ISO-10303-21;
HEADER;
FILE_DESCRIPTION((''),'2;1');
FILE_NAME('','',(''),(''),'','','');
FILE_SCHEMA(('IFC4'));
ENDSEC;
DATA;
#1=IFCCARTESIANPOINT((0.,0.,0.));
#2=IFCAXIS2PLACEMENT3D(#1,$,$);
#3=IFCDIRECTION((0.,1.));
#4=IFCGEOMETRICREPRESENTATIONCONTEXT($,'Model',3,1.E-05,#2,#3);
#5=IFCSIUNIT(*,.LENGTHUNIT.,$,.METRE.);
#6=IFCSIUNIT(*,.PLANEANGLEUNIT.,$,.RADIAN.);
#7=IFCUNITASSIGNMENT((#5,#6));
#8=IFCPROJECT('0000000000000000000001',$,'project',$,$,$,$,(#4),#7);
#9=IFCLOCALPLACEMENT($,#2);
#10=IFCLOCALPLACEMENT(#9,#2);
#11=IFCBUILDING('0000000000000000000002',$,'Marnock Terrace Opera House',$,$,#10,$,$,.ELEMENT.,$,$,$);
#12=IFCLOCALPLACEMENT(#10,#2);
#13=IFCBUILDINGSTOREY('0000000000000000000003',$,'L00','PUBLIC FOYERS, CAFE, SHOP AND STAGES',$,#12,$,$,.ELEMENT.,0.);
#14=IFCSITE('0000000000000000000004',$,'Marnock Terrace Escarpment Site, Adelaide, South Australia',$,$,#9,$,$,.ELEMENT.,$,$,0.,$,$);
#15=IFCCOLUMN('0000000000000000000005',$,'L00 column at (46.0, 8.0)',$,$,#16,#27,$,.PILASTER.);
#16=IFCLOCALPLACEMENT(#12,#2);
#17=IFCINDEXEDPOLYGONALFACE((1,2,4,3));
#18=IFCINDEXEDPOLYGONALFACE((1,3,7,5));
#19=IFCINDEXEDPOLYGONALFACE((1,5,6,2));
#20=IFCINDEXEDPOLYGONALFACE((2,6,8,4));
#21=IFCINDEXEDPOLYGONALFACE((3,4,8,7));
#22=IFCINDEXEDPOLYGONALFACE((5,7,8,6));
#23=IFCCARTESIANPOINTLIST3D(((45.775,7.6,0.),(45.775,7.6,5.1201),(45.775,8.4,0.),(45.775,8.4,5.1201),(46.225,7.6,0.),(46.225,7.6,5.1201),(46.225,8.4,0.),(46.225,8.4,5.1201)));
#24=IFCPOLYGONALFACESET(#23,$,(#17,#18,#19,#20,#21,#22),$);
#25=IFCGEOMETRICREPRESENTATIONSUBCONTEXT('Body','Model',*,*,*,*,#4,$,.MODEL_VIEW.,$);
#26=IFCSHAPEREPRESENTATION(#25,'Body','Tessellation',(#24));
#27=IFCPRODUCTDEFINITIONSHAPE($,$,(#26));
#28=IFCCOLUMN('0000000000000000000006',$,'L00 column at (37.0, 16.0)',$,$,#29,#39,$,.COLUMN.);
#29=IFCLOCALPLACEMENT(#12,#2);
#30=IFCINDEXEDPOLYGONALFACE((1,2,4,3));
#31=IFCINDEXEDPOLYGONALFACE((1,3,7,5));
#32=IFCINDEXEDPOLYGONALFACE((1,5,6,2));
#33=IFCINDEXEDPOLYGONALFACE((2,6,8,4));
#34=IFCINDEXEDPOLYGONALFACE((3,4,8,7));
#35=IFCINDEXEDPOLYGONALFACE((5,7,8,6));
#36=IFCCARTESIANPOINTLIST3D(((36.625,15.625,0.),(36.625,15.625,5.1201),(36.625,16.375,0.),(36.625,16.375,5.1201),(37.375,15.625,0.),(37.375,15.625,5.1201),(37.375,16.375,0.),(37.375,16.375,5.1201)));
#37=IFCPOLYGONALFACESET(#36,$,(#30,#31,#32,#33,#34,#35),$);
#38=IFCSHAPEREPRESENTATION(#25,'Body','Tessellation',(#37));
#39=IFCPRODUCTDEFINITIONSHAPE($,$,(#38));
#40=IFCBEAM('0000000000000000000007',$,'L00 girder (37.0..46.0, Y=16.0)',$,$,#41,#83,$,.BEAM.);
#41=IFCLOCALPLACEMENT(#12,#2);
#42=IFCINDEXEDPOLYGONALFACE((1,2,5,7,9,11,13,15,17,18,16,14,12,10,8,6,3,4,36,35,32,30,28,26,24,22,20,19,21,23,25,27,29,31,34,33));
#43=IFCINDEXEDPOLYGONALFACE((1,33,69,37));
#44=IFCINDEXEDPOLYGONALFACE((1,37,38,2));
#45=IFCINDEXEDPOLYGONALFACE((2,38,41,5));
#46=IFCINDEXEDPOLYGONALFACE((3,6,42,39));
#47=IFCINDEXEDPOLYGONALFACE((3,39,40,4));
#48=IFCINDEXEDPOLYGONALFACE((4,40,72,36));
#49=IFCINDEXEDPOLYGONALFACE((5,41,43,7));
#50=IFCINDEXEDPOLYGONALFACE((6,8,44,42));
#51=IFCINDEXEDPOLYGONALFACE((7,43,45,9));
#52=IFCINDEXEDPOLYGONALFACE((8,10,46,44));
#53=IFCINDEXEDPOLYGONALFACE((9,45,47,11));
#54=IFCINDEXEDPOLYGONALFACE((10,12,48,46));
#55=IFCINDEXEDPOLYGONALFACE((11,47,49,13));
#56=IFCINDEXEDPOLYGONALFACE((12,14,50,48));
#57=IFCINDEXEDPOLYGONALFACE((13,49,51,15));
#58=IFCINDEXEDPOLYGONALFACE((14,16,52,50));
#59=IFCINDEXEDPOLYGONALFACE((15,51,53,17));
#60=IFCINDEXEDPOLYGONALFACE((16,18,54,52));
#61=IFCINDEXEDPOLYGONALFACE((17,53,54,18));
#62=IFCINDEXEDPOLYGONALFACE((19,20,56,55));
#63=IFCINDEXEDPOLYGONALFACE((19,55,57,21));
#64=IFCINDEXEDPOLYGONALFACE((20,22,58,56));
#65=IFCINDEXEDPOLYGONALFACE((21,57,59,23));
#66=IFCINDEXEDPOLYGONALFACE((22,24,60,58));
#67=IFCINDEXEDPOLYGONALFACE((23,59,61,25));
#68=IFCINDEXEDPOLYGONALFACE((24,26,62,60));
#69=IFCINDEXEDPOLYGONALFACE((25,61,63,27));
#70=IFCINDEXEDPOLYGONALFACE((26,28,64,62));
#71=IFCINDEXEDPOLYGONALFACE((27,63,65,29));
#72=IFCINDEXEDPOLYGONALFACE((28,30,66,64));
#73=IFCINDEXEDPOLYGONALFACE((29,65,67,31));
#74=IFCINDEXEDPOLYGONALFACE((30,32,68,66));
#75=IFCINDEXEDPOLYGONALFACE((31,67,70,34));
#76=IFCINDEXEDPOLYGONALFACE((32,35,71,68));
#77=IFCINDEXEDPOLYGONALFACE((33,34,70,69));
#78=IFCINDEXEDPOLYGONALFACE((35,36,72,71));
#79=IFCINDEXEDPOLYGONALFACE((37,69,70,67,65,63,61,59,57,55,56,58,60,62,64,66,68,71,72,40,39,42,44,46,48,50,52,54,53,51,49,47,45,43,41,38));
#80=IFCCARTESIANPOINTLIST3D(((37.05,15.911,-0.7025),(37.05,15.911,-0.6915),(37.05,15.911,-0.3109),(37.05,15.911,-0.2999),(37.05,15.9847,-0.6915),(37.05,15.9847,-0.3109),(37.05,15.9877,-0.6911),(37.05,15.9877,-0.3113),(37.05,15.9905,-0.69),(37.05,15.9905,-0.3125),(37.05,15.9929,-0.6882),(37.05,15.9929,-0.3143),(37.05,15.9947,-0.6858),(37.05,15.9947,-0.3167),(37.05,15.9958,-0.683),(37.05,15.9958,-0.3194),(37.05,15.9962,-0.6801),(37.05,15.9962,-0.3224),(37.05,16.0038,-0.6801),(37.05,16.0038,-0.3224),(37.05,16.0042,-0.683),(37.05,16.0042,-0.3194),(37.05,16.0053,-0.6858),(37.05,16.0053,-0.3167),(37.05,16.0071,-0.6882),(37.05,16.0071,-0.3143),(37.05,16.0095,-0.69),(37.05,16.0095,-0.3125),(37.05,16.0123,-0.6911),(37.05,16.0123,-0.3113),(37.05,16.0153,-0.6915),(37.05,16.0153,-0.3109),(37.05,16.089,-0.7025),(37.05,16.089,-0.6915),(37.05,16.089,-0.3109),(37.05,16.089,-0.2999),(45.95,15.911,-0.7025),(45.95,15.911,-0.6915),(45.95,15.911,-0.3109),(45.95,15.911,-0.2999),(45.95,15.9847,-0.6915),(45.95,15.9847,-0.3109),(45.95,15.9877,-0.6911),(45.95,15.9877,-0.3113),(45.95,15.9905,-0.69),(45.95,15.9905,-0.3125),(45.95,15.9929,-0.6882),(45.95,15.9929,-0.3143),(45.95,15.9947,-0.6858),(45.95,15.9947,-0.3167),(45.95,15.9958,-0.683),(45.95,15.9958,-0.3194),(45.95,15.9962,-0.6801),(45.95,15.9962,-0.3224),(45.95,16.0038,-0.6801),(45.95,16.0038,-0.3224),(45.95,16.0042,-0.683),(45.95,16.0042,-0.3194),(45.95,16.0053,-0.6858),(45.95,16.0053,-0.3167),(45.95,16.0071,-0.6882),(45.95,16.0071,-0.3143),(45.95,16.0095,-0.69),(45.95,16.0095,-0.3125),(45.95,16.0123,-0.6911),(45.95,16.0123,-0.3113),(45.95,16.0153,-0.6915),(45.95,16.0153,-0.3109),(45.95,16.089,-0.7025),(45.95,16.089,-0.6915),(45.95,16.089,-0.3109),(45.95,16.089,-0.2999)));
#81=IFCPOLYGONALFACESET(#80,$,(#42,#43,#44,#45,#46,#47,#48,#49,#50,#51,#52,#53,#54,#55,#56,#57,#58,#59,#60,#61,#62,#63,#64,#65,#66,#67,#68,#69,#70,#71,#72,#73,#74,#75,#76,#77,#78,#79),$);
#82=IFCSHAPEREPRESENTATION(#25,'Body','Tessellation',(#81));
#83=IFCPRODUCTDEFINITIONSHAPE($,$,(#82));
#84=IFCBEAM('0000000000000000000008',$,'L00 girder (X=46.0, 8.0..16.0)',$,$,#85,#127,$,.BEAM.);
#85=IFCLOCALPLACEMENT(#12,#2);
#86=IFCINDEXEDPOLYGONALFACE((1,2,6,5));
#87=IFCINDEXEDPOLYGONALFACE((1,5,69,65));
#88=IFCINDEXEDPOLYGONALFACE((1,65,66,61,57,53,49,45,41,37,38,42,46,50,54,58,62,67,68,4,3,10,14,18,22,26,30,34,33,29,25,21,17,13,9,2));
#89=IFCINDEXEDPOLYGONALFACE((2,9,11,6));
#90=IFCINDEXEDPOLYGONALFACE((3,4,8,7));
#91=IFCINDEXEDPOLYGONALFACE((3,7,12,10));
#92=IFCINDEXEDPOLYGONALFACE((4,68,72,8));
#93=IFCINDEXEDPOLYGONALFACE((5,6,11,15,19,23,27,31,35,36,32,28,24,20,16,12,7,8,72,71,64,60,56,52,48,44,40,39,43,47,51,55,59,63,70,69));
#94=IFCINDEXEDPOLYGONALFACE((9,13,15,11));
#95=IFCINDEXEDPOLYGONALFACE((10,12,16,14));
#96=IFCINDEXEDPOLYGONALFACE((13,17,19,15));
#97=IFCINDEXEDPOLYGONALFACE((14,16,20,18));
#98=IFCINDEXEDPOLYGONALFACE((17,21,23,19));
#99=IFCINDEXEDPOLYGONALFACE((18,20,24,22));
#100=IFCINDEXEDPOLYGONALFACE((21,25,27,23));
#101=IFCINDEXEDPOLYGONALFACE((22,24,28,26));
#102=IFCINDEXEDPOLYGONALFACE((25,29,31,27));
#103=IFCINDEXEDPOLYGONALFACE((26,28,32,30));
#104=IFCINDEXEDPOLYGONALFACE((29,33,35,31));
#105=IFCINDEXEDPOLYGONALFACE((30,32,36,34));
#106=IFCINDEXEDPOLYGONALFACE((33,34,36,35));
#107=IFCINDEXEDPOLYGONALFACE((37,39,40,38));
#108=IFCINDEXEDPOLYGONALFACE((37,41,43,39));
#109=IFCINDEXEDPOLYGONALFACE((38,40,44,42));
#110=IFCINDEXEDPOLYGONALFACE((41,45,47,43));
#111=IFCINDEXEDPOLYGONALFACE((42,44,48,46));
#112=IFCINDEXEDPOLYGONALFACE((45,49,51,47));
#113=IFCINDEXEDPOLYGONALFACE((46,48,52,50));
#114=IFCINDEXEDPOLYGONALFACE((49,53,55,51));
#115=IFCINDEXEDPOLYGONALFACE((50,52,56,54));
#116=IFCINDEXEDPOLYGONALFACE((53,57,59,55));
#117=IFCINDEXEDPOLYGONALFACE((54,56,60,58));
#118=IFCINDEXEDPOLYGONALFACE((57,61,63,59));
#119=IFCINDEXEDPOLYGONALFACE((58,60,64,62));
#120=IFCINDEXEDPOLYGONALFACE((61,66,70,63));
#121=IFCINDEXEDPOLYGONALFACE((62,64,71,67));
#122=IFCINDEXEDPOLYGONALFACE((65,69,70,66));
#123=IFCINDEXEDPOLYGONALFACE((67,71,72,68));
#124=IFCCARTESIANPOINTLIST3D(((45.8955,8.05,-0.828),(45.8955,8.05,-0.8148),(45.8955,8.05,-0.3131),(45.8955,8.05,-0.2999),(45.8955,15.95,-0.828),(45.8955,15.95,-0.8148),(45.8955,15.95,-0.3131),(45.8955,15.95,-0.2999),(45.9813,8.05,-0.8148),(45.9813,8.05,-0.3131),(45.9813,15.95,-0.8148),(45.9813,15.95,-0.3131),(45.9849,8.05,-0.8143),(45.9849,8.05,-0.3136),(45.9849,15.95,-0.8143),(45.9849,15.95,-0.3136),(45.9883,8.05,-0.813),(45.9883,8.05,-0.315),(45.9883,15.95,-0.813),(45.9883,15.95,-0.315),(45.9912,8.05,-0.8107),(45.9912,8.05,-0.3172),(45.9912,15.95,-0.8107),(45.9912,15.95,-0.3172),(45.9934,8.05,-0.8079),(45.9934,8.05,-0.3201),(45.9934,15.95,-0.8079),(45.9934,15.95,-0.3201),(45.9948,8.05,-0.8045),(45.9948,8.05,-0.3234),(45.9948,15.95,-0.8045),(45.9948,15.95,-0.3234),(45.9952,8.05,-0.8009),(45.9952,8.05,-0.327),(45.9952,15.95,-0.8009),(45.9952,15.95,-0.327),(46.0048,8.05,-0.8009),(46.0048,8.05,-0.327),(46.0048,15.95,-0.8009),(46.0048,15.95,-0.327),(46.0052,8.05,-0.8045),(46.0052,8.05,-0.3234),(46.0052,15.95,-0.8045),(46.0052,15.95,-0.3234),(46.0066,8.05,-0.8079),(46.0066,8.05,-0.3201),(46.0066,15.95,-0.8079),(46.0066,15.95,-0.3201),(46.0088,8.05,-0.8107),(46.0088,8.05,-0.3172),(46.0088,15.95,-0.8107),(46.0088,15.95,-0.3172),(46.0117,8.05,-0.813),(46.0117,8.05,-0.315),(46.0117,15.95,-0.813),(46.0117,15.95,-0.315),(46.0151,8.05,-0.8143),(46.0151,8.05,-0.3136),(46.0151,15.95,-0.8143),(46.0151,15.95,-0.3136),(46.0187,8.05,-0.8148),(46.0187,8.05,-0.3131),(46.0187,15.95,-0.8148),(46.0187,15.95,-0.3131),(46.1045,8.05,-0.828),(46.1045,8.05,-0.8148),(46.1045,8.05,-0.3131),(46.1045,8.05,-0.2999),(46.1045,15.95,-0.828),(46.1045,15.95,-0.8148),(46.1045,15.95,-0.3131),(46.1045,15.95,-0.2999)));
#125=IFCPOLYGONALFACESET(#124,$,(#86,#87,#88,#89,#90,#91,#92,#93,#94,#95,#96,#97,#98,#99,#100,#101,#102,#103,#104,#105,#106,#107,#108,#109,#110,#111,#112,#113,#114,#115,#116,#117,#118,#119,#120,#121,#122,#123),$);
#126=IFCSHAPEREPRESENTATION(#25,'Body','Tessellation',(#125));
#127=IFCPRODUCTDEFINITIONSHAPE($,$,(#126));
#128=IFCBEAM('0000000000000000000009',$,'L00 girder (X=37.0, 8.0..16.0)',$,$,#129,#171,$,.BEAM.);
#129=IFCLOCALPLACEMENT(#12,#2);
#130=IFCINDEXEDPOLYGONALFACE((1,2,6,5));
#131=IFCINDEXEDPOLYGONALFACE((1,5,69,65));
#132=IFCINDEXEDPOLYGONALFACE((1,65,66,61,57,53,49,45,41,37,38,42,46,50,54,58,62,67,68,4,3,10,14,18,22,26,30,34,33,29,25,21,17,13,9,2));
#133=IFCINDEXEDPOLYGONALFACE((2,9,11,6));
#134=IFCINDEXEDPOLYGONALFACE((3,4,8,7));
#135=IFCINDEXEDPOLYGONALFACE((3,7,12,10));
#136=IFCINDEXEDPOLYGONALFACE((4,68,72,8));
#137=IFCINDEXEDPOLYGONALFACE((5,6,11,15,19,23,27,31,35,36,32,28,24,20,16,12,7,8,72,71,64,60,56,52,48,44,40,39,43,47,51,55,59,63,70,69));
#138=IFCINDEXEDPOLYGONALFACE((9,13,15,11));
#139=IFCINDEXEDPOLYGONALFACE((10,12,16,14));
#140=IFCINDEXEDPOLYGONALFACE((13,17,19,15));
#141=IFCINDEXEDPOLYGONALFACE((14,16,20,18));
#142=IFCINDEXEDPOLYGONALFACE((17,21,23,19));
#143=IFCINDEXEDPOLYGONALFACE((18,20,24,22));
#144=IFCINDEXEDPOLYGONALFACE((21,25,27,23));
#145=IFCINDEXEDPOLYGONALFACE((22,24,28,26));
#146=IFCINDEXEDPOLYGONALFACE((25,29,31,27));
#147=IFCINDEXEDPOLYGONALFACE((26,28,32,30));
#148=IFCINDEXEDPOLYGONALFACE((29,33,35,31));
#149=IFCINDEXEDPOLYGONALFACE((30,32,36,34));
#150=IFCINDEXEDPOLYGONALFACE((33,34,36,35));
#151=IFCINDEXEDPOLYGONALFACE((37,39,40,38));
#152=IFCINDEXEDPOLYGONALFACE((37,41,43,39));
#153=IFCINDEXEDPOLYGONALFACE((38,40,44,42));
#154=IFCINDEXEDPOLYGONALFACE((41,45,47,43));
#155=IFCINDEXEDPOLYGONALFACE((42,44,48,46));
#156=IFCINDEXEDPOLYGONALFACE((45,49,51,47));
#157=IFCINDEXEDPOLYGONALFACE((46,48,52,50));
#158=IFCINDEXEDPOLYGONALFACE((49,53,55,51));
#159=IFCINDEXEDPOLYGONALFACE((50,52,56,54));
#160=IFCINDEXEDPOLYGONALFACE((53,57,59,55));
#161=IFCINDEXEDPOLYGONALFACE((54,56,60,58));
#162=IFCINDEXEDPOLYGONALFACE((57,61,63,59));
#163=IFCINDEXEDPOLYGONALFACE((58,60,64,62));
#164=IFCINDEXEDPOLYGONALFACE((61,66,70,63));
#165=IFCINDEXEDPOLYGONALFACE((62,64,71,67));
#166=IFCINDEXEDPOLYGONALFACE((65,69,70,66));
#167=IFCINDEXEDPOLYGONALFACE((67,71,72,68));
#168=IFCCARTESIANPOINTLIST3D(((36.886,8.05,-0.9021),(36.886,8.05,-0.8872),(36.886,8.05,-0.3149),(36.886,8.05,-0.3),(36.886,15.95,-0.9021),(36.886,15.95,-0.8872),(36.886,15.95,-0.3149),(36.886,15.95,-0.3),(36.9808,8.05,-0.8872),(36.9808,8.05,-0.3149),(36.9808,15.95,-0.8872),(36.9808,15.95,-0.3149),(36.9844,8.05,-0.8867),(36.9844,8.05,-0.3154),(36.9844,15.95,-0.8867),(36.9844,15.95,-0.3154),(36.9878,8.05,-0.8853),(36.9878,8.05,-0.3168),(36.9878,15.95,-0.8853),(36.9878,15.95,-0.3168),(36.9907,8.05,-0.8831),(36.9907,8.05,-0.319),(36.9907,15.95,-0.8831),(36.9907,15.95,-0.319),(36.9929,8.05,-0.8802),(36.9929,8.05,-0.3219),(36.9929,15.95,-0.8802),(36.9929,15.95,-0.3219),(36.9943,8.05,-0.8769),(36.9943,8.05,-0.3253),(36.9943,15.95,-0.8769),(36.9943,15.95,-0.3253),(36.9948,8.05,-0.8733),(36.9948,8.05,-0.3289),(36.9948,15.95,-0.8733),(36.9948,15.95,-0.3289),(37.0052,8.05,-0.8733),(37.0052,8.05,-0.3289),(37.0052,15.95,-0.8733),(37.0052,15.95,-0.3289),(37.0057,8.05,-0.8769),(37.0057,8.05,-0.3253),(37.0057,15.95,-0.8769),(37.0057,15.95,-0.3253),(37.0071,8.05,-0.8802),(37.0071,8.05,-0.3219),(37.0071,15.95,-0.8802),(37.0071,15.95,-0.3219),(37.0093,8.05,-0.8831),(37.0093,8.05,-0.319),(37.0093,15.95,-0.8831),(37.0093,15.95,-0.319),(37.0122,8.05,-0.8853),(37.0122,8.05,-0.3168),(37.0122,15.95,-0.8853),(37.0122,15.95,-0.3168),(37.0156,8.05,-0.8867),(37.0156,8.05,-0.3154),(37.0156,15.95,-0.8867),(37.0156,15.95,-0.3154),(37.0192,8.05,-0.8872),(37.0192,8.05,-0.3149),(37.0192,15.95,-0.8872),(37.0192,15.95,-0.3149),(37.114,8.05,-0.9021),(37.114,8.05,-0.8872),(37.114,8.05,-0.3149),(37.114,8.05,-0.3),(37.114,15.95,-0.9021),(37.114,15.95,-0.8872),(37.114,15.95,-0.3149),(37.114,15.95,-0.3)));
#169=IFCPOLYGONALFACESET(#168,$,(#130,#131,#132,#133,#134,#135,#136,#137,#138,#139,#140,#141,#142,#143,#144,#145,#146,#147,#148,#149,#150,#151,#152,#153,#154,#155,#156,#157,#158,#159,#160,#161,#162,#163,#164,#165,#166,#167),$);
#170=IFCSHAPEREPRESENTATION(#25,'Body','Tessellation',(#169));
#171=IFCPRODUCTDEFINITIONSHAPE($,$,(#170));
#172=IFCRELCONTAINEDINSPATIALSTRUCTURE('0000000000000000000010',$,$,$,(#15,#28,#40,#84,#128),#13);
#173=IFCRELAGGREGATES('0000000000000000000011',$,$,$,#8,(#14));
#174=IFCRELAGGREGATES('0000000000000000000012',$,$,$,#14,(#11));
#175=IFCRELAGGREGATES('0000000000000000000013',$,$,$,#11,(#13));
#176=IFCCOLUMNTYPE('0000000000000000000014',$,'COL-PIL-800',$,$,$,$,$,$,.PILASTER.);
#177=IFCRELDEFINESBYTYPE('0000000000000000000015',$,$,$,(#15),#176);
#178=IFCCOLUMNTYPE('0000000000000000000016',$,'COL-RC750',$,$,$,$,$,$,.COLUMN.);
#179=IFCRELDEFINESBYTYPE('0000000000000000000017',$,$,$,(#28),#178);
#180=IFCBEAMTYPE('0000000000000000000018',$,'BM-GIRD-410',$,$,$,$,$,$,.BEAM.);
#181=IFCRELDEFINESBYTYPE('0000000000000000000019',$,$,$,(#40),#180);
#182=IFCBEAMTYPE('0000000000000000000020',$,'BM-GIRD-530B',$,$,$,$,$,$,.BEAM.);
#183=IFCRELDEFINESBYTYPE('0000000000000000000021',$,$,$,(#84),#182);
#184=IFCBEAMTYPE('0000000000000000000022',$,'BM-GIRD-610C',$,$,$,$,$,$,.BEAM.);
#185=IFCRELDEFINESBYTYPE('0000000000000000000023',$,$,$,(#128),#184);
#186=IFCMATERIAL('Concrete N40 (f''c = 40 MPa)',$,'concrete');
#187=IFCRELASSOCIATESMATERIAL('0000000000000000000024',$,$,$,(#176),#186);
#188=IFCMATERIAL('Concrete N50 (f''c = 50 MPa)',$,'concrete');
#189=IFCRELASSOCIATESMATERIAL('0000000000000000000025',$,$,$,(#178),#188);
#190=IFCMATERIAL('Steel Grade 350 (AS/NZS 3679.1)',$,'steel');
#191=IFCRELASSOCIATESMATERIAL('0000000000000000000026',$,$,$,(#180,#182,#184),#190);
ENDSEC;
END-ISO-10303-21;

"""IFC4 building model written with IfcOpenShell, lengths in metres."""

from ifc_helpers import new_model, si_unit, direction, frame, origin, origin_2d, place, context, subcontext, project, spatial, rectangle, i_section, extrude, material, material_profile, profile_set, type_object, element, save


model = new_model("IFC4")

# Units and contexts
model_context = context("Model", 3, precision=1e-05, world=origin(), true_north=direction((0.0, 1.0)))
body_context = subcontext(model_context, "Body", "Model", "MODEL_VIEW")
ifc_project = project(units=[si_unit("LENGTHUNIT", "METRE"), si_unit("PLANEANGLEUNIT", "RADIAN")], contexts=[model_context])

# Site, building, storey
site_placement = place(None, origin())
site = spatial("IfcSite", under=ifc_project, at=site_placement, Name="Marnock Terrace Escarpment Site, Adelaide, South Australia", CompositionType="ELEMENT", RefElevation=0.0)
building_placement = place(site_placement, origin())
building = spatial("IfcBuilding", under=site, at=building_placement, Name="Marnock Terrace Opera House", CompositionType="ELEMENT")
storey_placement = place(building_placement, origin())
storey = spatial("IfcBuildingStorey", under=building, at=storey_placement, Name="L00", Description="PUBLIC FOYERS, CAFE, SHOP AND STAGES", CompositionType="ELEMENT", Elevation=0.0)

# Columns
ifc_material_1 = material(Name="Concrete N40 (f'c = 40 MPa)", Category="concrete")
ifc_material_profile_1 = material_profile(ifc_material_1, rectangle(XDim=0.45, YDim=0.8, at=origin_2d()))
ifc_profile_set_1 = profile_set([ifc_material_profile_1], Name="Concrete N40 (f'c = 40 MPa)")
column_type_1 = type_object("IfcColumnType", Name="COL-PIL-800", PredefinedType="PILASTER", material=ifc_profile_set_1)
column_1_placement = place(storey_placement, frame((46.0, 8.0, 0.0), z_axis=(0.0, 0.0, 1.0), x_axis=(1.0, 0.0, 0.0)))
element("IfcColumn", 1, at=column_1_placement, inside=storey, type_object=column_type_1, Name="L00 column at (46.0, 8.0)", PredefinedType="PILASTER", context=body_context, shape_type="SweptSolid", body=[
    extrude(rectangle(XDim=0.45, YDim=0.8, at=origin_2d()), origin(), (0.0, 0.0, 1.0), 5.1201),
])
ifc_material_2 = material(Name="Concrete N50 (f'c = 50 MPa)", Category="concrete")
ifc_material_profile_2 = material_profile(ifc_material_2, rectangle(XDim=0.75, YDim=0.75, at=origin_2d()))
ifc_profile_set_2 = profile_set([ifc_material_profile_2], Name="Concrete N50 (f'c = 50 MPa)")
column_type_2 = type_object("IfcColumnType", Name="COL-RC750", PredefinedType="COLUMN", material=ifc_profile_set_2)
column_2_placement = place(storey_placement, frame((37.0, 16.0, 0.0), z_axis=(0.0, 0.0, 1.0), x_axis=(1.0, 0.0, 0.0)))
element("IfcColumn", 2, at=column_2_placement, inside=storey, type_object=column_type_2, Name="L00 column at (37.0, 16.0)", PredefinedType="COLUMN", context=body_context, shape_type="SweptSolid", body=[
    extrude(rectangle(XDim=0.75, YDim=0.75, at=origin_2d()), origin(), (0.0, 0.0, 1.0), 5.1201),
])

# Beams
ifc_material_3 = material(Name="Steel Grade 350 (AS/NZS 3679.1)", Category="steel")
ifc_material_profile_3 = material_profile(ifc_material_3, i_section(OverallWidth=0.178, OverallDepth=0.4026, WebThickness=0.0076, FlangeThickness=0.011, FilletRadius=0.0115, at=origin_2d()))
ifc_profile_set_3 = profile_set([ifc_material_profile_3], Name="Steel Grade 350 (AS/NZS 3679.1)")
beam_type_1 = type_object("IfcBeamType", Name="BM-GIRD-410", PredefinedType="BEAM", material=ifc_profile_set_3)
beam_1_placement = place(storey_placement, frame((37.05, 16.0, -0.5012), z_axis=(1.0, 0.0, 0.0), x_axis=(0.0, 1.0, 0.0)))
element("IfcBeam", 3, at=beam_1_placement, inside=storey, type_object=beam_type_1, Name="L00 girder (37.0..46.0, Y=16.0)", PredefinedType="BEAM", context=body_context, shape_type="SweptSolid", body=[
    extrude(i_section(OverallWidth=0.178, OverallDepth=0.4026, WebThickness=0.0076, FlangeThickness=0.011, FilletRadius=0.0115, at=origin_2d()), origin(), (0.0, 0.0, 1.0), 8.8999),
])
ifc_material_profile_4 = material_profile(ifc_material_3, i_section(OverallWidth=0.209, OverallDepth=0.5281, WebThickness=0.0095, FlangeThickness=0.0132, FilletRadius=0.0139, at=origin_2d()))
ifc_profile_set_4 = profile_set([ifc_material_profile_4], Name="Steel Grade 350 (AS/NZS 3679.1)")
beam_type_2 = type_object("IfcBeamType", Name="BM-GIRD-530B", PredefinedType="BEAM", material=ifc_profile_set_4)
beam_2_placement = place(storey_placement, frame((46.0, 8.05, -0.564), z_axis=(0.0, 1.0, 0.0), x_axis=(-1.0, 0.0, 0.0)))
element("IfcBeam", 4, at=beam_2_placement, inside=storey, type_object=beam_type_2, Name="L00 girder (X=46.0, 8.0..16.0)", PredefinedType="BEAM", context=body_context, shape_type="SweptSolid", body=[
    extrude(i_section(OverallWidth=0.209, OverallDepth=0.5281, WebThickness=0.0095, FlangeThickness=0.0132, FilletRadius=0.0139, at=origin_2d()), origin(), (0.0, 0.0, 1.0), 7.8999),
])
ifc_material_profile_5 = material_profile(ifc_material_3, i_section(OverallWidth=0.228, OverallDepth=0.6021, WebThickness=0.0105, FlangeThickness=0.0149, FilletRadius=0.0139, at=origin_2d()))
ifc_profile_set_5 = profile_set([ifc_material_profile_5], Name="Steel Grade 350 (AS/NZS 3679.1)")
beam_type_3 = type_object("IfcBeamType", Name="BM-GIRD-610C", PredefinedType="BEAM", material=ifc_profile_set_5)
for number, where, z_axis, x_axis, name in (
    (5, (37.0, 8.05, -0.6011), (0.0, 1.0, 0.0), (-1.0, 0.0, 0.0), "L00 girder (X=37.0, 8.0..16.0)"),
):
    element("IfcBeam", number, at=place(storey_placement, frame(where, z_axis=z_axis, x_axis=x_axis)), inside=storey, type_object=beam_type_3, Name=name, PredefinedType="BEAM", context=body_context, shape_type="SweptSolid", body=[
        extrude(i_section(OverallWidth=0.228, OverallDepth=0.6021, WebThickness=0.0105, FlangeThickness=0.0149, FilletRadius=0.0139, at=origin_2d()), origin(), (0.0, 0.0, 1.0), 7.8999),
    ])

save(model, "model.ifc")
